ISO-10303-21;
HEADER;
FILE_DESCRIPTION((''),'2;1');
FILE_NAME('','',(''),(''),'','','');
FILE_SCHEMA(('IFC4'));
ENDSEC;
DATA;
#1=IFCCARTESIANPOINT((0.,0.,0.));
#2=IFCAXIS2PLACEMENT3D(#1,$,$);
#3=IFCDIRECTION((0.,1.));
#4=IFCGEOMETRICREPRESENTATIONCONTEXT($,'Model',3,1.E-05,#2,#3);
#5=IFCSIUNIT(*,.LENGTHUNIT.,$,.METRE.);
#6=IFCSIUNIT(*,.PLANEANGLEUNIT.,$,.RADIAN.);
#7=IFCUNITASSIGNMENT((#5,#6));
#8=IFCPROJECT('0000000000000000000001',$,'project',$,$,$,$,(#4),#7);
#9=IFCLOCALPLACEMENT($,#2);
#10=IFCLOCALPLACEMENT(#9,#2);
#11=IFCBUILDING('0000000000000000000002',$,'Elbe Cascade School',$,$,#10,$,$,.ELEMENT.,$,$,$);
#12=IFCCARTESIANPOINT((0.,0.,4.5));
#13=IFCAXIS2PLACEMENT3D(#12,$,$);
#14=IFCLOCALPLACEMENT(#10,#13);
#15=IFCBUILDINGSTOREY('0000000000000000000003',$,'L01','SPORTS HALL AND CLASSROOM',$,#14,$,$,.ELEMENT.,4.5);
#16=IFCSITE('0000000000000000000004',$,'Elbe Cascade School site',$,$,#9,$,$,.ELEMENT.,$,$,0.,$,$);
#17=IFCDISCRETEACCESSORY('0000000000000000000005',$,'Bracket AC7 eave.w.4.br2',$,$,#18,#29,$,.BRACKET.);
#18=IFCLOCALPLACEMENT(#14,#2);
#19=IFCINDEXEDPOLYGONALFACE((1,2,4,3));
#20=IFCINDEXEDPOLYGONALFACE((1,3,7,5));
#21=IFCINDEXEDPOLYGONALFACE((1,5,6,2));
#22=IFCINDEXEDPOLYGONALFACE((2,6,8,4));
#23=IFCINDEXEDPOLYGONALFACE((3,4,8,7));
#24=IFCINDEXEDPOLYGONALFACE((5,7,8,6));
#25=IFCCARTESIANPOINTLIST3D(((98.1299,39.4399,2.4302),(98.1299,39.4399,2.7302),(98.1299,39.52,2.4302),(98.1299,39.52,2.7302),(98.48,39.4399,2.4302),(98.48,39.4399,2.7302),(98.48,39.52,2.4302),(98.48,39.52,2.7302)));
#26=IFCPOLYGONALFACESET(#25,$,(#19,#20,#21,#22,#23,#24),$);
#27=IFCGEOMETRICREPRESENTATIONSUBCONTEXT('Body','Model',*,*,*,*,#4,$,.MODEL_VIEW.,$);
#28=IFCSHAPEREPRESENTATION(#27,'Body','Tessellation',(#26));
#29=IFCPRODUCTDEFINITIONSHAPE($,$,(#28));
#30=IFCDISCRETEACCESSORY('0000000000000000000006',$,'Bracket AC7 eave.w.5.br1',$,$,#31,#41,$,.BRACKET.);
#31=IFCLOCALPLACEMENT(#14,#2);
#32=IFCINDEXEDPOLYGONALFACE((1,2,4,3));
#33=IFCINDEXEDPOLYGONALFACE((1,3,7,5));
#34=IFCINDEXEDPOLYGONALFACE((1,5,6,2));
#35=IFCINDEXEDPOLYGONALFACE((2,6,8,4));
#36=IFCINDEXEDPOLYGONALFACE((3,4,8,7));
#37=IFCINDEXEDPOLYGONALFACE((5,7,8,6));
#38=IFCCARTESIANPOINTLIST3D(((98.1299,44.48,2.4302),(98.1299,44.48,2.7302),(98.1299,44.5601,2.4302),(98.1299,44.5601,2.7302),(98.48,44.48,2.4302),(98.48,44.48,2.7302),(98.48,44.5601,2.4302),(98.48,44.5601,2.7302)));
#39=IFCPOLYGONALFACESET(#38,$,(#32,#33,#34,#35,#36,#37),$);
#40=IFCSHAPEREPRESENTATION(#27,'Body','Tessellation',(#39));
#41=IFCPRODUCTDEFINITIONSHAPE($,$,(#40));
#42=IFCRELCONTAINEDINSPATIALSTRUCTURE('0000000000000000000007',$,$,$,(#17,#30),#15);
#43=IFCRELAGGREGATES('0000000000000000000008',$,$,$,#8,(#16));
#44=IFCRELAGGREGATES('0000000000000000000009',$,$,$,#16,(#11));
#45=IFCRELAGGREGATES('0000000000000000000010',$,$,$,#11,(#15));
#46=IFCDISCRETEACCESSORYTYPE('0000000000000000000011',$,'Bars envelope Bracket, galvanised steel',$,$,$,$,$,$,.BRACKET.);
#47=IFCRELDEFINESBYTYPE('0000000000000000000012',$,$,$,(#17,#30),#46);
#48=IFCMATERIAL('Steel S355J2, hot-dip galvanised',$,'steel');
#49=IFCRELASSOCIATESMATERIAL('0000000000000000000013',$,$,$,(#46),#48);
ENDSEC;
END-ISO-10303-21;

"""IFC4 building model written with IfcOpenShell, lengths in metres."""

from ifc_helpers import new_model, si_unit, direction, frame, origin, origin_2d, place, context, subcontext, project, spatial, rectangle, extrude, material, type_object, element, save


model = new_model("IFC4")

# Units and contexts
model_context = context("Model", 3, precision=1e-05, world=origin(), true_north=direction((0.0, 1.0)))
body_context = subcontext(model_context, "Body", "Model", "MODEL_VIEW")
ifc_project = project(units=[si_unit("LENGTHUNIT", "METRE"), si_unit("PLANEANGLEUNIT", "RADIAN")], contexts=[model_context])

# Site, building, storey
site_placement = place(None, origin())
site = spatial("IfcSite", under=ifc_project, at=site_placement, Name="Elbe Cascade School site", CompositionType="ELEMENT", RefElevation=0.0)
building_placement = place(site_placement, origin())
building = spatial("IfcBuilding", under=site, at=building_placement, Name="Elbe Cascade School", CompositionType="ELEMENT")
storey_placement = place(building_placement, frame((0.0, 0.0, 4.5)))
storey = spatial("IfcBuildingStorey", under=building, at=storey_placement, Name="L01", Description="SPORTS HALL AND CLASSROOM", CompositionType="ELEMENT", Elevation=4.5)

# Discrete accessories
ifc_material_1 = material(Name="Steel S355J2, hot-dip galvanised", Category="steel")
discrete_accessory_type = type_object("IfcDiscreteAccessoryType", Name="Bars envelope Bracket, galvanised steel", PredefinedType="BRACKET", material=ifc_material_1)
for number, where, z_axis, x_axis, name in (
    (1, (98.3049, 39.48, 2.4302), (0.0, 0.0, 1.0), (0.0, 1.0, 0.0), "Bracket AC7 eave.w.4.br2"),
    (2, (98.3049, 44.52, 2.4302), (0.0, 0.0, 1.0), (0.0, 1.0, 0.0), "Bracket AC7 eave.w.5.br1"),
):
    element("IfcDiscreteAccessory", number, at=place(storey_placement, frame(where, z_axis=z_axis, x_axis=x_axis)), inside=storey, type_object=discrete_accessory_type, Name=name, PredefinedType="BRACKET", context=body_context, shape_type="SweptSolid", body=[
        extrude(rectangle(XDim=0.0801, YDim=0.3501, at=origin_2d()), origin(), (0.0, 0.0, 1.0), 0.3),
    ])

save(model, "model.ifc")
